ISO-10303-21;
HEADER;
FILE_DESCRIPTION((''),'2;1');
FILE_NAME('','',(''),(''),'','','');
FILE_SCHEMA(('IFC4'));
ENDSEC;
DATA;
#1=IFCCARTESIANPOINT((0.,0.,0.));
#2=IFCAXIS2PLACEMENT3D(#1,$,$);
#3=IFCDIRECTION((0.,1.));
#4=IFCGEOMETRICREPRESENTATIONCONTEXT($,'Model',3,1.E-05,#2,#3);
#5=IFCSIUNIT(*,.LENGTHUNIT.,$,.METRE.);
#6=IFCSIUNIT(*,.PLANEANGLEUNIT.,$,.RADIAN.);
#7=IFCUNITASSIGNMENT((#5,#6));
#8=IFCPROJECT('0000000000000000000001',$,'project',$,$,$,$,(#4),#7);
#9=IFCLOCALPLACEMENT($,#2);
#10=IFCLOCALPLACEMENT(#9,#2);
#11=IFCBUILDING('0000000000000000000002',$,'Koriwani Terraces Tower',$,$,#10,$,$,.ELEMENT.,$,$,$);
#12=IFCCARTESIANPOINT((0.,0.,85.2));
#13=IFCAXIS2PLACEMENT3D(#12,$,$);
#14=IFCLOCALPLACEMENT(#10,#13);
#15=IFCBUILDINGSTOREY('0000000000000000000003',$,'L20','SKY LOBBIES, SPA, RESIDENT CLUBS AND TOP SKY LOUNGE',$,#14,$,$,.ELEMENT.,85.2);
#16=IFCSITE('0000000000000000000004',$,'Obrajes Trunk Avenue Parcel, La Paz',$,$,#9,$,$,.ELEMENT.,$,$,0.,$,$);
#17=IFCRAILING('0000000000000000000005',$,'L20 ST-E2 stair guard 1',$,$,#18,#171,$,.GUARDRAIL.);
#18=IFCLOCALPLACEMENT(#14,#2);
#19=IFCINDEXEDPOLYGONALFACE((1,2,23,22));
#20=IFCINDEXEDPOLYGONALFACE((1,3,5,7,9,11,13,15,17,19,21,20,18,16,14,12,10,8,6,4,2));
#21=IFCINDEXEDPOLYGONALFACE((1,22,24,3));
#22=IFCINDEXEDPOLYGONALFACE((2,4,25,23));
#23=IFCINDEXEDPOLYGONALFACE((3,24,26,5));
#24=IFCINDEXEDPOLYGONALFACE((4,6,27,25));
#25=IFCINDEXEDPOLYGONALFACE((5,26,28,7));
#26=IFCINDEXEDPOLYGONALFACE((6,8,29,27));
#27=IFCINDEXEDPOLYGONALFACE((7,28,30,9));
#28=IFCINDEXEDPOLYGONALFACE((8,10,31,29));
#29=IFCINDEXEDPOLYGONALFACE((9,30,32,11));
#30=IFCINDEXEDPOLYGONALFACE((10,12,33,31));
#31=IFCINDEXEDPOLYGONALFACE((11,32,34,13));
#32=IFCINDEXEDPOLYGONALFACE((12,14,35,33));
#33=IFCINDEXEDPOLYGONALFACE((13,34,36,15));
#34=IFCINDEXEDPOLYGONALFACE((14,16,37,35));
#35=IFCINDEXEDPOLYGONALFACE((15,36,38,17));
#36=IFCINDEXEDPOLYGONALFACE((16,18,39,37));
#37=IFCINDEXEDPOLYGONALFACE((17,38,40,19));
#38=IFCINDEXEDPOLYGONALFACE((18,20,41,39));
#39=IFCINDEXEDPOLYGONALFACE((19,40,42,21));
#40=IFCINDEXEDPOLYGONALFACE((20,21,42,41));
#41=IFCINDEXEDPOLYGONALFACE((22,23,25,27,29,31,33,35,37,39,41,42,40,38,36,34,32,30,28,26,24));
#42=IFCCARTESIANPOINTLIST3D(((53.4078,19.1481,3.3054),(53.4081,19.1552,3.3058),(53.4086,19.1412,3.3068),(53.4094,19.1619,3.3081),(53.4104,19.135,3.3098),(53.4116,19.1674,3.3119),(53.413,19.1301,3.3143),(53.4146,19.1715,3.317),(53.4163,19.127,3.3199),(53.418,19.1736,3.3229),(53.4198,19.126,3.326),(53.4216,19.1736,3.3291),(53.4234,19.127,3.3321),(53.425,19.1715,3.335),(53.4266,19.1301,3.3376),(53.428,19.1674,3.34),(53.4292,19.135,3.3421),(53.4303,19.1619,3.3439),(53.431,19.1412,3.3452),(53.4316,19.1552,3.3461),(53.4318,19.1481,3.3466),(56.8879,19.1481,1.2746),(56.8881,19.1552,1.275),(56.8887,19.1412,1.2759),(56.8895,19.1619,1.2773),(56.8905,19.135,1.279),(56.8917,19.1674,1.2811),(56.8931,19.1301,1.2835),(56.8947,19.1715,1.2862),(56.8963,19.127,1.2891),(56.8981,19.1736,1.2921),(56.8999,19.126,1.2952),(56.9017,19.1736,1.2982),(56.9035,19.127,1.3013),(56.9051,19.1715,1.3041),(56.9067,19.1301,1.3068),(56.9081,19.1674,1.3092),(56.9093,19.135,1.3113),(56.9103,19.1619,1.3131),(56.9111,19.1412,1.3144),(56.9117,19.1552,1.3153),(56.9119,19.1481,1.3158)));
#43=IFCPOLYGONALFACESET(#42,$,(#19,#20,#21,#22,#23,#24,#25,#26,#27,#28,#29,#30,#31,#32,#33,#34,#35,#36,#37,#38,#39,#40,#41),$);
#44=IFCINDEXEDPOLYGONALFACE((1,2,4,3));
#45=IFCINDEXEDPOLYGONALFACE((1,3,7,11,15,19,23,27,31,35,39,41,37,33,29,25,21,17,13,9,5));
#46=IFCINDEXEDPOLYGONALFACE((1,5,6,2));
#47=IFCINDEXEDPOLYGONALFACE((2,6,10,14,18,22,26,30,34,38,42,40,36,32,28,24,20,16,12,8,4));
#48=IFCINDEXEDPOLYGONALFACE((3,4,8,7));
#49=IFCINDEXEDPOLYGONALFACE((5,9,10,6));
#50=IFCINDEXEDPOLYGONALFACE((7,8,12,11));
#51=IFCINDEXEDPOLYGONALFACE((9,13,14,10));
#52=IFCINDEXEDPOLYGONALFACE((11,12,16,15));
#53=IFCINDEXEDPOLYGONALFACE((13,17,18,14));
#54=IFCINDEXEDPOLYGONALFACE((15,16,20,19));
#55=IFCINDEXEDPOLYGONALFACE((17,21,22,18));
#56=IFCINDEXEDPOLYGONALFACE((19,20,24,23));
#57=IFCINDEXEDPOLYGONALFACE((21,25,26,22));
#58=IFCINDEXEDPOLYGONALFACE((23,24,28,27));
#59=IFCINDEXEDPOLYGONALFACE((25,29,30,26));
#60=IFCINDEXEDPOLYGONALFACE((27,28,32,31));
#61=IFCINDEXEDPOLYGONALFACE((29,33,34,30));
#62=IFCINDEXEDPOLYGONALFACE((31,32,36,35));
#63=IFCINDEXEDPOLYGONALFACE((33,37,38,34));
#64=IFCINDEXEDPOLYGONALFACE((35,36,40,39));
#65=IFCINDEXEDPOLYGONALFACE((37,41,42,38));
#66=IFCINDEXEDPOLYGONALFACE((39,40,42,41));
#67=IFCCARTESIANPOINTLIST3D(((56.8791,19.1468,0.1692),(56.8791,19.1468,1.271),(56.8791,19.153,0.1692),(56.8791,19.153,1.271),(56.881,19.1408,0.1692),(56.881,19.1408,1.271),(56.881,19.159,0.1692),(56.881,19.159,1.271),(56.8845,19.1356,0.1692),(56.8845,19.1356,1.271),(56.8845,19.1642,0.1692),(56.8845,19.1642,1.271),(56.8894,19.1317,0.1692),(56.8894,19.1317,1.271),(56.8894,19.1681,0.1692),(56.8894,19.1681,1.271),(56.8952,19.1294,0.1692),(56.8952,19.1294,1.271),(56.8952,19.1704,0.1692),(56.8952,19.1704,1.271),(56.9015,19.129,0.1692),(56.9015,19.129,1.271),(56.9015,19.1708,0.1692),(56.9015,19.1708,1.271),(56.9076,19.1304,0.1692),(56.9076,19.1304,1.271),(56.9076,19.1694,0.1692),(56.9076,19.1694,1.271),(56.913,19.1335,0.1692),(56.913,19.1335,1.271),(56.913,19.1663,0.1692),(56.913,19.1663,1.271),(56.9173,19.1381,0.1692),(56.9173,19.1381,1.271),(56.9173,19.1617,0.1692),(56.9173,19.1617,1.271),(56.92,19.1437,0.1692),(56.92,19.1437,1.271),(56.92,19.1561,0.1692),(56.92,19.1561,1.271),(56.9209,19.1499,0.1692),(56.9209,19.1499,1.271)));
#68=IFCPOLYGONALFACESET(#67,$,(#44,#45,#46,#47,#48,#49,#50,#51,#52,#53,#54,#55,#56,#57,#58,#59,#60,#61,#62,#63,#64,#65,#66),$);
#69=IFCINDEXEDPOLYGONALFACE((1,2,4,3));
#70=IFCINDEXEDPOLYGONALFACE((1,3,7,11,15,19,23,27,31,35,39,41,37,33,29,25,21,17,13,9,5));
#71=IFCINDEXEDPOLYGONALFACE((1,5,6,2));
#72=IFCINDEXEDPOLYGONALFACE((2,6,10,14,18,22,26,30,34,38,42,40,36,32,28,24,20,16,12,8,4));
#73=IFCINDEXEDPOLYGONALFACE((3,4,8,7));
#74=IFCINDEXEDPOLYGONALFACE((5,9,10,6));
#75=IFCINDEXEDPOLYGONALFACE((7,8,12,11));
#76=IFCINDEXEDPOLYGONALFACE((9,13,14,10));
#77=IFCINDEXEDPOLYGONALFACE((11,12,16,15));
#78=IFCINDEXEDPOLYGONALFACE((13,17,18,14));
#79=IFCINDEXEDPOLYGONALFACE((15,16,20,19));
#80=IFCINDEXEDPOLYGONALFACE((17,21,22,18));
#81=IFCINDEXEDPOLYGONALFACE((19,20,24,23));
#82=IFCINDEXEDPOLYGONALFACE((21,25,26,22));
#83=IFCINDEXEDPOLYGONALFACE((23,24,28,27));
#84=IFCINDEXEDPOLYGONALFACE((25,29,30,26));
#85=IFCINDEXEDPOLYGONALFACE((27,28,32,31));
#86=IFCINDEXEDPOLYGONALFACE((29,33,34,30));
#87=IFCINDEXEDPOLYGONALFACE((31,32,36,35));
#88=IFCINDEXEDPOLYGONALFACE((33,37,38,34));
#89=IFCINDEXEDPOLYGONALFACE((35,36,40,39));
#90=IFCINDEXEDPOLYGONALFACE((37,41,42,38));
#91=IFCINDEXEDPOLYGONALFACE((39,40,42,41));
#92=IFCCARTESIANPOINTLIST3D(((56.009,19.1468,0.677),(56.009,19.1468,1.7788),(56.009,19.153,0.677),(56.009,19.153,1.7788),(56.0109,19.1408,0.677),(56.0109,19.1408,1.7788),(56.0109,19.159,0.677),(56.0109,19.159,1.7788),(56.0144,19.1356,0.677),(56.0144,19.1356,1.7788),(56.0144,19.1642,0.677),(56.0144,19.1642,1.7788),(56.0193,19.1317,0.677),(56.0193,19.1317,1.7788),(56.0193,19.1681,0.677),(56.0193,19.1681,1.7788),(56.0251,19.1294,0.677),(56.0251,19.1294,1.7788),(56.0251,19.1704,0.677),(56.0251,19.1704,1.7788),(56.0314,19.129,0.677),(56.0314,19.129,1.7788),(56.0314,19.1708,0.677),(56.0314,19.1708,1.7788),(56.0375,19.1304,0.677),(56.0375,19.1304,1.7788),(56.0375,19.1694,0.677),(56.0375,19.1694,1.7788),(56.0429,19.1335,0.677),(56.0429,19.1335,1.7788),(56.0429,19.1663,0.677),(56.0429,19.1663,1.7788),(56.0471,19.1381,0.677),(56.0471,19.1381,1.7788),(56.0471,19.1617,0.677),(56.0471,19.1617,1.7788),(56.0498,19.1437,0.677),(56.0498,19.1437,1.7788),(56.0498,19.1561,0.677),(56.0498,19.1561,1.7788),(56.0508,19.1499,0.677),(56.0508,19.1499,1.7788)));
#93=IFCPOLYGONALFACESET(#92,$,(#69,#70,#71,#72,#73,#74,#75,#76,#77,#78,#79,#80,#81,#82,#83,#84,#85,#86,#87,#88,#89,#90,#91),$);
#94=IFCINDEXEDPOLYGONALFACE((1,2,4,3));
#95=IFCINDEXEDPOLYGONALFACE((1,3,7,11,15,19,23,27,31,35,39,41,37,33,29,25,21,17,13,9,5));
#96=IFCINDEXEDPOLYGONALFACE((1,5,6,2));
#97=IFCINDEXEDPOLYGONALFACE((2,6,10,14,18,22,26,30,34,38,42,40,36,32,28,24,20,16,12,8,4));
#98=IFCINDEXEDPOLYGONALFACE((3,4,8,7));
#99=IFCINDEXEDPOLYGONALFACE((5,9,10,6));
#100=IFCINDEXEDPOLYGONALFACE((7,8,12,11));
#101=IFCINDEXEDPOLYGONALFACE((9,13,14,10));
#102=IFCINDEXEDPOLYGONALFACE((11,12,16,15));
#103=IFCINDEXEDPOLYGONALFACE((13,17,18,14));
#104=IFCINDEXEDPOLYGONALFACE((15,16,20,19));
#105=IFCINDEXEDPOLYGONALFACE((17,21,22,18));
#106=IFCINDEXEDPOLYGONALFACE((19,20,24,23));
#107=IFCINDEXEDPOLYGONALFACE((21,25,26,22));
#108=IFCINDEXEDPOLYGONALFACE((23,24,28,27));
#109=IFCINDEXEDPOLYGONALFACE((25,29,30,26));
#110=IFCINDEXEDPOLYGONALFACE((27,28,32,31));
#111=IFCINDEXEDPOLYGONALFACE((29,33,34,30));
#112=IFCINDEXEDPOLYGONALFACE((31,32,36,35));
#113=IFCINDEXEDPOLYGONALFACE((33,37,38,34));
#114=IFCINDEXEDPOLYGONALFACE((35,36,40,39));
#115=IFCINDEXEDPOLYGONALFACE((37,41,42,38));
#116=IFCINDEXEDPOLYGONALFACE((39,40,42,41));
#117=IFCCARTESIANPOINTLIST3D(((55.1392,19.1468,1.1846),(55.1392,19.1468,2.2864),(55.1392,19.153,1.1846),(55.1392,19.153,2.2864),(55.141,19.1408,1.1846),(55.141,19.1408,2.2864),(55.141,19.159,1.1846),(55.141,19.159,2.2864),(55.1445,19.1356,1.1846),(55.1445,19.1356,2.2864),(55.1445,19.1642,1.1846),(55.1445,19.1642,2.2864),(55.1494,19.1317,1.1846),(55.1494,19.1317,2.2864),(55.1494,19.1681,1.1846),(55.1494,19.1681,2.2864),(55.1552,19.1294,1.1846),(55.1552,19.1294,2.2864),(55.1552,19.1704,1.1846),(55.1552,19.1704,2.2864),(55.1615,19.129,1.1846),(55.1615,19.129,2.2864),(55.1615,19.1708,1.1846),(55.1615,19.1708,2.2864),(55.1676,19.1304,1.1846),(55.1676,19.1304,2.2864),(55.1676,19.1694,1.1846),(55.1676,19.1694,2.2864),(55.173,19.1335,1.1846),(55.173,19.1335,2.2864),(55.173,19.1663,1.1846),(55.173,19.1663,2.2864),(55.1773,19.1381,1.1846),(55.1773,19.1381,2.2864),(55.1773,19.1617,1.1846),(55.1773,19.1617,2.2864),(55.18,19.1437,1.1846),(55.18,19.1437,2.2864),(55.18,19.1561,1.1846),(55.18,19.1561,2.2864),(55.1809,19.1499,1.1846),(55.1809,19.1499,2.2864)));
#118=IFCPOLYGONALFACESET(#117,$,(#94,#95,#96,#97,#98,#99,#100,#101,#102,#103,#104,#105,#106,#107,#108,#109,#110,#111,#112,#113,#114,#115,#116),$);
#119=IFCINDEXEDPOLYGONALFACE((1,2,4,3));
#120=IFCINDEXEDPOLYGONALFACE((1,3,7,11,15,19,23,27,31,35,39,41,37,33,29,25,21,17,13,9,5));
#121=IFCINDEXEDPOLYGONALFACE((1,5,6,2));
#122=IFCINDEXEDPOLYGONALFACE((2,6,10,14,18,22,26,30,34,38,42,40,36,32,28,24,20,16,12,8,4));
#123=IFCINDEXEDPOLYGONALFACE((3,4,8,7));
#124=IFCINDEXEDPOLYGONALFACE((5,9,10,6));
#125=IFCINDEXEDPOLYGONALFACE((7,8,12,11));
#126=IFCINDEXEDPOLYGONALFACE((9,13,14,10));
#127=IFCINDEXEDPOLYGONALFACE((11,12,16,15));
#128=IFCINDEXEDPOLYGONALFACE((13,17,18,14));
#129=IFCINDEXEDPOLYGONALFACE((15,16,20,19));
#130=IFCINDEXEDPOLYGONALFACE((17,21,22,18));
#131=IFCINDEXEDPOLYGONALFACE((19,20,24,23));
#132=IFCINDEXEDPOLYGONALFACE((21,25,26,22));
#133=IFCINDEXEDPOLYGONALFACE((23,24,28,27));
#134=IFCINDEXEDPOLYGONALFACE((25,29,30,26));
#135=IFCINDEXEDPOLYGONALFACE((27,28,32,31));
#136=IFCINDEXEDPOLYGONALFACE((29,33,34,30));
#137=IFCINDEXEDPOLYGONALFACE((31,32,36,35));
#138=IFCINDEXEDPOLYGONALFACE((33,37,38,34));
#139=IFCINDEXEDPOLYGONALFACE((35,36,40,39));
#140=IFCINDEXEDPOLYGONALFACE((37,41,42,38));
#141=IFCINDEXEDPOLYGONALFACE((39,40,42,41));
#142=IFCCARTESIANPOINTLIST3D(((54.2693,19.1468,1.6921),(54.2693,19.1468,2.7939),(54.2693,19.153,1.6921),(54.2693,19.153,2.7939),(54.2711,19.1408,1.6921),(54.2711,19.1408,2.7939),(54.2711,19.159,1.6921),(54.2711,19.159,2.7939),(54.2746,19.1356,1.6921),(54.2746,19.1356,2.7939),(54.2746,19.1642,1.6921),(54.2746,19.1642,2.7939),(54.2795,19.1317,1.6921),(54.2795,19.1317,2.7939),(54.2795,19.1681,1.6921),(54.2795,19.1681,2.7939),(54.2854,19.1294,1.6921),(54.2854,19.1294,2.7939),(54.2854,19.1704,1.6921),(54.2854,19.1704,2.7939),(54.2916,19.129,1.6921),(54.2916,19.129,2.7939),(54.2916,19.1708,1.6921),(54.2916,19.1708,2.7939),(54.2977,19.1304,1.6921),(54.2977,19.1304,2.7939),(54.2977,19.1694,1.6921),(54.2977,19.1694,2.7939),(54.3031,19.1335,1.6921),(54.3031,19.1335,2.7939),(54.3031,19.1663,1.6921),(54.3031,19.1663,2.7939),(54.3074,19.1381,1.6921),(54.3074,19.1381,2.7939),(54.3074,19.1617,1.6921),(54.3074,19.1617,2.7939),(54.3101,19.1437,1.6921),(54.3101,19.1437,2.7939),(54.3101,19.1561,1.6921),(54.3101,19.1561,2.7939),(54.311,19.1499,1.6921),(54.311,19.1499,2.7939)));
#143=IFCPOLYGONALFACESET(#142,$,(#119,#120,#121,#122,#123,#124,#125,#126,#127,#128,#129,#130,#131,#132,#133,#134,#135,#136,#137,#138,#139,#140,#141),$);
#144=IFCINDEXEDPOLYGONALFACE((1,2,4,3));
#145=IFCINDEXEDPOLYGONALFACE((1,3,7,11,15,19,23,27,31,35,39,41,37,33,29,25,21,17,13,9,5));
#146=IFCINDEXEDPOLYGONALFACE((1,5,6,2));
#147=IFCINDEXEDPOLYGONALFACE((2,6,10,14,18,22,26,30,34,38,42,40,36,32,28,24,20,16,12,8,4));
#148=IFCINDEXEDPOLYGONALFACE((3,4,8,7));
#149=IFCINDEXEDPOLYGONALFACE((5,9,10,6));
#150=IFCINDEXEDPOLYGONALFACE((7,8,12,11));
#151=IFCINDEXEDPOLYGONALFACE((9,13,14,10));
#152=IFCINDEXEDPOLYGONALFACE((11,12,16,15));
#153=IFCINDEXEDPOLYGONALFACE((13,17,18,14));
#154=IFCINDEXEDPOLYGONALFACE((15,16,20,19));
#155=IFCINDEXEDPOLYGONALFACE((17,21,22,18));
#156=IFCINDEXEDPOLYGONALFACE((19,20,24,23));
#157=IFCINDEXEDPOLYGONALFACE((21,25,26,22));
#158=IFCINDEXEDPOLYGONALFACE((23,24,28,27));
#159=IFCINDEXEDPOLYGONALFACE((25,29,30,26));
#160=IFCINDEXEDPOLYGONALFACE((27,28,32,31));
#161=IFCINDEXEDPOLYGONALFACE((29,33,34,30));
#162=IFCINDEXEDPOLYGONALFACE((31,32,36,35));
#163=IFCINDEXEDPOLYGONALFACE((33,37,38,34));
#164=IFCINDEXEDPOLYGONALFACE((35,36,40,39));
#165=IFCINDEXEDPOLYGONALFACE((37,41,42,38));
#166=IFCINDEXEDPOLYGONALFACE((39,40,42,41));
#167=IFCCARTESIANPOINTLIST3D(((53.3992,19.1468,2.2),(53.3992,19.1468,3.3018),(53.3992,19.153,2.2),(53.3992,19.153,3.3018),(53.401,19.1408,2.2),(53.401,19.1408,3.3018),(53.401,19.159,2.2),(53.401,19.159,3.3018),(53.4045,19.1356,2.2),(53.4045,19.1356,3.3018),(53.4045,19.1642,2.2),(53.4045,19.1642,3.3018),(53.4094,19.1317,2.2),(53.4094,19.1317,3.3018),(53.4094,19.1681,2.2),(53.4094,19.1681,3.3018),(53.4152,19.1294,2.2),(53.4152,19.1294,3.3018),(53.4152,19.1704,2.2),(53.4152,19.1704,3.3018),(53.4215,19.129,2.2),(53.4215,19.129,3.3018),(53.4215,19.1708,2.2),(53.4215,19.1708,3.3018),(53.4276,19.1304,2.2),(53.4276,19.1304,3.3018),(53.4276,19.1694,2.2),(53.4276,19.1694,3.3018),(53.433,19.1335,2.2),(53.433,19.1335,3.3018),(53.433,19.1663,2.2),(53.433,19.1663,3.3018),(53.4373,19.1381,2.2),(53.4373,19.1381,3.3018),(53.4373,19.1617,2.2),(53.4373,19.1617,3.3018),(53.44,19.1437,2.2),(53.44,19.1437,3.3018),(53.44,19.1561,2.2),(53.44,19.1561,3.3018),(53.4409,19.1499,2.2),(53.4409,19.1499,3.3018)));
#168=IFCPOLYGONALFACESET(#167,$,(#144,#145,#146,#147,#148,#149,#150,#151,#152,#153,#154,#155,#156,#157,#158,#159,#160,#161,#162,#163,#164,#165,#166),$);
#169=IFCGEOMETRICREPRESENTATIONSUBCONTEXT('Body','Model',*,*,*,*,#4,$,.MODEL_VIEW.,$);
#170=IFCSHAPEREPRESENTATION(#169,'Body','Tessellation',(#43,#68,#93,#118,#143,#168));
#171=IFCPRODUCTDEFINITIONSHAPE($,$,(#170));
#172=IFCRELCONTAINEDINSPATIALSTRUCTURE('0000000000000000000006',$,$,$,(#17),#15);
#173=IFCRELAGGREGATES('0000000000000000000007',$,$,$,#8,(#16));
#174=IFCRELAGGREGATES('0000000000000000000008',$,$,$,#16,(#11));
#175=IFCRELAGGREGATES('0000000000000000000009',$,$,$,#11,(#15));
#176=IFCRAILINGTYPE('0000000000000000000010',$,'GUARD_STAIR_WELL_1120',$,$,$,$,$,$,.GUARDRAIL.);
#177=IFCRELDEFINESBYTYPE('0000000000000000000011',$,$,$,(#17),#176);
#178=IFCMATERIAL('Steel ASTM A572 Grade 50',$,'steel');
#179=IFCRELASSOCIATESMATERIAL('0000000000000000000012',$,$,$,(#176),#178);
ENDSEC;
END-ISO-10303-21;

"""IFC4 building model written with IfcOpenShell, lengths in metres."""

from ifc_helpers import new_model, si_unit, direction, frame, origin, origin_2d, place, context, subcontext, project, spatial, circle, extrude, material, type_object, element, save


model = new_model("IFC4")

# Units and contexts
model_context = context("Model", 3, precision=1e-05, world=origin(), true_north=direction((0.0, 1.0)))
body_context = subcontext(model_context, "Body", "Model", "MODEL_VIEW")
ifc_project = project(units=[si_unit("LENGTHUNIT", "METRE"), si_unit("PLANEANGLEUNIT", "RADIAN")], contexts=[model_context])

# Site, building, storey
site_placement = place(None, origin())
site = spatial("IfcSite", under=ifc_project, at=site_placement, Name="Obrajes Trunk Avenue Parcel, La Paz", CompositionType="ELEMENT", RefElevation=0.0)
building_placement = place(site_placement, origin())
building = spatial("IfcBuilding", under=site, at=building_placement, Name="Koriwani Terraces Tower", CompositionType="ELEMENT")
storey_placement = place(building_placement, frame((0.0, 0.0, 85.2)))
storey = spatial("IfcBuildingStorey", under=building, at=storey_placement, Name="L20", Description="SKY LOBBIES, SPA, RESIDENT CLUBS AND TOP SKY LOUNGE", CompositionType="ELEMENT", Elevation=85.2)

# Shared definitions
ifc_material_1 = material(Name="Steel ASTM A572 Grade 50", Category="steel")

# Railing
railing_type_1 = type_object("IfcRailingType", Name="GUARD_STAIR_WELL_1120", PredefinedType="GUARDRAIL", material=ifc_material_1)
railing_1_placement = place(storey_placement, frame((56.8999, 19.1499, 0.1692)))
element("IfcRailing", 1, at=railing_1_placement, inside=storey, type_object=railing_type_1, Name="L20 ST-E2 stair guard 1", PredefinedType="GUARDRAIL", context=body_context, shape_type="SweptSolid", body=[
    extrude(circle(Radius=0.0239, at=origin_2d()), frame((0.0, 0.0, 1.126), z_axis=(-0.863695, 0.0, 0.504014), x_axis=(0.0, -1.0, 0.0)), (0.0, 0.0, 1.0), 4.0293),
    extrude(circle(Radius=0.021, at=origin_2d()), origin(), (0.0, 0.0, 1.0), 1.1018),
    extrude(circle(Radius=0.021, at=origin_2d()), frame((-0.8701, 0.0, 0.5078)), (0.0, 0.0, 1.0), 1.1018),
    extrude(circle(Radius=0.021, at=origin_2d()), frame((-1.74, 0.0, 1.0154)), (0.0, 0.0, 1.0), 1.1018),
    extrude(circle(Radius=0.021, at=origin_2d()), frame((-2.6099, 0.0, 1.5229)), (0.0, 0.0, 1.0), 1.1018),
    extrude(circle(Radius=0.021, at=origin_2d()), frame((-3.48, 0.0, 2.0308)), (0.0, 0.0, 1.0), 1.1018),
])

save(model, "model.ifc")
